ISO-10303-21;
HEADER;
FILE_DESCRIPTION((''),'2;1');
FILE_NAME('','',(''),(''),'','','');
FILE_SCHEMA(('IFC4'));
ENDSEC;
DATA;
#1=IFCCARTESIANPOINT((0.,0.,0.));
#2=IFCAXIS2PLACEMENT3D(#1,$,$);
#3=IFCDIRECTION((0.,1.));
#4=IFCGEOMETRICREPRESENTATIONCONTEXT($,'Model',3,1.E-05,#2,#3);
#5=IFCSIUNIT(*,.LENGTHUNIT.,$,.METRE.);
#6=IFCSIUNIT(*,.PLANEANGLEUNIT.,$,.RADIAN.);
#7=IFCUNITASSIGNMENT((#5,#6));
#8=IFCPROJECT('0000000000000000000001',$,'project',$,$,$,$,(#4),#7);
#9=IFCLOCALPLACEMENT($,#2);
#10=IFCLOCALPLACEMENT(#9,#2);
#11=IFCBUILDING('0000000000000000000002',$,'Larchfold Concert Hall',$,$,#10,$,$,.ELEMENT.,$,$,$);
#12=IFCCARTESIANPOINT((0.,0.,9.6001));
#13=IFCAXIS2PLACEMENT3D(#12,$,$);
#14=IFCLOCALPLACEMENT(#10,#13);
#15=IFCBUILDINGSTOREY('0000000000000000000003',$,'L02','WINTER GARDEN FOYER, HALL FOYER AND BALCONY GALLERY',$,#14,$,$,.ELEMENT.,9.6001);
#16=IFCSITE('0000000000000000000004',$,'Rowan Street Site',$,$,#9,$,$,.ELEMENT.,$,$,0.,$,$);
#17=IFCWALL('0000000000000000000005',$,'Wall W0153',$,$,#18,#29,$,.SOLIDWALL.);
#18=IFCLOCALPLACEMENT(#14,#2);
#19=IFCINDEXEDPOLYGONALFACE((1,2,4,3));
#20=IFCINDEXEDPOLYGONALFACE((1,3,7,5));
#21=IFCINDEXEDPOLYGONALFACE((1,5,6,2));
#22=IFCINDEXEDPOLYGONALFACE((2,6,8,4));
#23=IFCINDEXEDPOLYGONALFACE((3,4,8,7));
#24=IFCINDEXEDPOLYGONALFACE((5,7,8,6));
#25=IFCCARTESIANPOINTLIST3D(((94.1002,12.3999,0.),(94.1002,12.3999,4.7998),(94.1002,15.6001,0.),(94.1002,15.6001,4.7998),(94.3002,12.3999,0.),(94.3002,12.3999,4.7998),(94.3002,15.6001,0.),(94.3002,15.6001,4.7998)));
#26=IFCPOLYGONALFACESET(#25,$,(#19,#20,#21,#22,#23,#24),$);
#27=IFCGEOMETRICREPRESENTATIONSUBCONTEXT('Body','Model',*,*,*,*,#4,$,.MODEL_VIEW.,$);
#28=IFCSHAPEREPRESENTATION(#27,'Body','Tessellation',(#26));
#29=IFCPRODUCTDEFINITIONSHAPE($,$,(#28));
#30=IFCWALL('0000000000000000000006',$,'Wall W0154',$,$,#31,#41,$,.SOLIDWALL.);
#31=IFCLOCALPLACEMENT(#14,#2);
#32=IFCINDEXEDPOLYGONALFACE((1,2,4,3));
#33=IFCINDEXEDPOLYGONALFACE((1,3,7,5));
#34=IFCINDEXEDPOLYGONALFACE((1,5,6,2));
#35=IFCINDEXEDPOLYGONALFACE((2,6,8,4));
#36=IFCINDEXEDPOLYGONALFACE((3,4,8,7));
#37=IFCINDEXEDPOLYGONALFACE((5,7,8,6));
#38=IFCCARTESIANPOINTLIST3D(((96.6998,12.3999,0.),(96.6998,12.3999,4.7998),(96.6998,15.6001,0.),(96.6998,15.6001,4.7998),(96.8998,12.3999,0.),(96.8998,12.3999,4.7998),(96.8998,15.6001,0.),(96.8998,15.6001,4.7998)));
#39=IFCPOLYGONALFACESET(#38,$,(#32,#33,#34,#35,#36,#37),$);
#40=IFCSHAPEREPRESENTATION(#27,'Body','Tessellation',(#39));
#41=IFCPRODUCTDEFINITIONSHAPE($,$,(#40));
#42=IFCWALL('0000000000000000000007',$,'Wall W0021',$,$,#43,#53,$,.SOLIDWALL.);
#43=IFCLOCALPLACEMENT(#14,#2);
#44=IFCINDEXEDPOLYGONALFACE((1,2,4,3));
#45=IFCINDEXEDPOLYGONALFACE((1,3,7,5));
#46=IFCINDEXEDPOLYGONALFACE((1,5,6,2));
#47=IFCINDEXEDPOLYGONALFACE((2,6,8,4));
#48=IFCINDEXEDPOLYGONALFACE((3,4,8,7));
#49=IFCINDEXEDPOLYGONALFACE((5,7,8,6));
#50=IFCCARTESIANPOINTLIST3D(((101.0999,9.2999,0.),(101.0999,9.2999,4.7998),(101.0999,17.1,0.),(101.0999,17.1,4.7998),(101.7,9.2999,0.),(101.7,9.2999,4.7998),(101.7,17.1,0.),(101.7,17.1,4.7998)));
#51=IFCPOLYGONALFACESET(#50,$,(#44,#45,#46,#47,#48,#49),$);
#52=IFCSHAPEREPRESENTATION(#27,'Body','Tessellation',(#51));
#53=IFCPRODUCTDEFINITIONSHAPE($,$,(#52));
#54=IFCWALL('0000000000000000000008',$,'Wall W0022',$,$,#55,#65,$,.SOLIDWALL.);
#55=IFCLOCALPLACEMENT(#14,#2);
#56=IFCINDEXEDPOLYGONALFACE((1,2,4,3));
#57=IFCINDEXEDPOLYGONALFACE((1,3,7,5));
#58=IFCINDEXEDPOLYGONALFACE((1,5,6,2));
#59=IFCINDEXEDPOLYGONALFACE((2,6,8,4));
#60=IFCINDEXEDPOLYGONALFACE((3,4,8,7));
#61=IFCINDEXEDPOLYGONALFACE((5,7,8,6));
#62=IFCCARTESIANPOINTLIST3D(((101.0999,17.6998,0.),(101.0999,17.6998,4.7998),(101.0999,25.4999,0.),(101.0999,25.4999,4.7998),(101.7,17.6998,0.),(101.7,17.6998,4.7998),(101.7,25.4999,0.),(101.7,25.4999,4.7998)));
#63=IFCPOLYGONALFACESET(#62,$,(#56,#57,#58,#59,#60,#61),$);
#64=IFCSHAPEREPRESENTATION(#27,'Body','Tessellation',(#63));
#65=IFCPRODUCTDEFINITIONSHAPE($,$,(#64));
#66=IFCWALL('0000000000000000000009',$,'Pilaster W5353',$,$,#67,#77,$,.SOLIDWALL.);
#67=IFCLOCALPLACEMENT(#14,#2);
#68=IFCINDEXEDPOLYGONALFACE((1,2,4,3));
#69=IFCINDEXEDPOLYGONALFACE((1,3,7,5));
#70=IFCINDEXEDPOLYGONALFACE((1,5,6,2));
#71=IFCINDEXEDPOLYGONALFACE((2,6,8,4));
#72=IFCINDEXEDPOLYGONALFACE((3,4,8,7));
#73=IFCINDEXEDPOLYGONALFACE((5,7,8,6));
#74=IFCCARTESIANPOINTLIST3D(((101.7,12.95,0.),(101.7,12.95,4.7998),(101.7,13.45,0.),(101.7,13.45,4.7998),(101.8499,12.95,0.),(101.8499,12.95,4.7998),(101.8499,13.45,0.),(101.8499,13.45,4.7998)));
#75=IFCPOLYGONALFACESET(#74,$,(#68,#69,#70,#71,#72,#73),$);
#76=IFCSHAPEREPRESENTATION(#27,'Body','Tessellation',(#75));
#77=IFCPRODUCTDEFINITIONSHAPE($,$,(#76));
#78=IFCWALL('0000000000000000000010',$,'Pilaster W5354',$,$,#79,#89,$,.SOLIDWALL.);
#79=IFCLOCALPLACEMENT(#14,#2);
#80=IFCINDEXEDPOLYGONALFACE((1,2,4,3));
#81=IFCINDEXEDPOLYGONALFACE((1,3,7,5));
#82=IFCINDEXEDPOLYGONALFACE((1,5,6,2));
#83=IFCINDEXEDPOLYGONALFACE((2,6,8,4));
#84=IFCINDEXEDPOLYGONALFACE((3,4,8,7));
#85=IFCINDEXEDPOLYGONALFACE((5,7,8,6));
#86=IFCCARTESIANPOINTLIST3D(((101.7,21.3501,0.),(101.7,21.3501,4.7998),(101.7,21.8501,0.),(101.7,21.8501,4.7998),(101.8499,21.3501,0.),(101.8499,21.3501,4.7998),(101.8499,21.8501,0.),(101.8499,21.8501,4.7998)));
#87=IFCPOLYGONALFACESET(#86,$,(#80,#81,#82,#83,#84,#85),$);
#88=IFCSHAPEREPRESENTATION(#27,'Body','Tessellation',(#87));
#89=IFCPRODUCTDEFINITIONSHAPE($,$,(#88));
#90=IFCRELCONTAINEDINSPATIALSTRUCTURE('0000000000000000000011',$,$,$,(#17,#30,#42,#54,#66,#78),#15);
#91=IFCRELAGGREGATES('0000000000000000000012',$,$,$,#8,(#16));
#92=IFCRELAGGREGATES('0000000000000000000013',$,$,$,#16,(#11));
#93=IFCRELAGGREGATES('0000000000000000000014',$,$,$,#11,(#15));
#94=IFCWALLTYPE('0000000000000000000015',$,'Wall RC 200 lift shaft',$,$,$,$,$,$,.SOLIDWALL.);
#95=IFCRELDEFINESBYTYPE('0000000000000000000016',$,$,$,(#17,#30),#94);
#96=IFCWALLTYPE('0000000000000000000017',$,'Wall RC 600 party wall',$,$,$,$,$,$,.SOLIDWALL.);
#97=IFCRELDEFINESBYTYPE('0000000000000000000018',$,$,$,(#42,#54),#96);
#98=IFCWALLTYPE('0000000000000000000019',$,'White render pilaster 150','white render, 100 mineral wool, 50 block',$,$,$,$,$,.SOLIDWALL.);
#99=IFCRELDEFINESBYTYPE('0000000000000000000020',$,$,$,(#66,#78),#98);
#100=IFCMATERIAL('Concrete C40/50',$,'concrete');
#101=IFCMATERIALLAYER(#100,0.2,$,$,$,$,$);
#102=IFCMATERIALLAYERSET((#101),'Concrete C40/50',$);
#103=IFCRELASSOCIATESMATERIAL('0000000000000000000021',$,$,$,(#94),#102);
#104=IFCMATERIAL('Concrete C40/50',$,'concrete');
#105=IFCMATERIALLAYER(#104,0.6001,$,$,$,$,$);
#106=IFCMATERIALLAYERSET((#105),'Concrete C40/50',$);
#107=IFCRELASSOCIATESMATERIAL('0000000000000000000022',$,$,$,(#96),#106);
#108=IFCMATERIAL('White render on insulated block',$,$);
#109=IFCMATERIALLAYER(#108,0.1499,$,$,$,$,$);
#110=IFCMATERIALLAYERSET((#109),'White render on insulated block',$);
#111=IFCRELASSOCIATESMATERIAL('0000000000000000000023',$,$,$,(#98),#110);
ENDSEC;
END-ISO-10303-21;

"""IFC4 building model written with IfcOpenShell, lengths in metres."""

from ifc_helpers import new_model, si_unit, direction, frame, frame_2d, origin, place, context, subcontext, project, spatial, rectangle, extrude, material, layer, layer_set, type_object, element, save


model = new_model("IFC4")

# Units and contexts
model_context = context("Model", 3, precision=1e-05, world=origin(), true_north=direction((0.0, 1.0)))
body_context = subcontext(model_context, "Body", "Model", "MODEL_VIEW")
ifc_project = project(units=[si_unit("LENGTHUNIT", "METRE"), si_unit("PLANEANGLEUNIT", "RADIAN")], contexts=[model_context])

# Site, building, storey
site_placement = place(None, origin())
site = spatial("IfcSite", under=ifc_project, at=site_placement, Name="Rowan Street Site", CompositionType="ELEMENT", RefElevation=0.0)
building_placement = place(site_placement, origin())
building = spatial("IfcBuilding", under=site, at=building_placement, Name="Larchfold Concert Hall", CompositionType="ELEMENT")
storey_placement = place(building_placement, frame((0.0, 0.0, 9.6001)))
storey = spatial("IfcBuildingStorey", under=building, at=storey_placement, Name="L02", Description="WINTER GARDEN FOYER, HALL FOYER AND BALCONY GALLERY", CompositionType="ELEMENT", Elevation=9.6001)

# Shared definitions
ifc_material_1 = material(Name="Concrete C40/50", Category="concrete")
ifc_layer_1 = layer(ifc_material_1, 0.2)
ifc_layer_set_1 = layer_set([ifc_layer_1], Name="Concrete C40/50")
wall_type_1 = type_object("IfcWallType", Name="Wall RC 200 lift shaft", PredefinedType="SOLIDWALL", material=ifc_layer_set_1)

# Walls
for number, where, z_axis, x_axis, name in (
    (1, (94.2002, 12.3999, 0.0), (0.0, 0.0, 1.0), (0.0, 1.0, 0.0), "Wall W0153"),
    (2, (96.7998, 12.3999, 0.0), (0.0, 0.0, 1.0), (0.0, 1.0, 0.0), "Wall W0154"),
):
    element("IfcWall", number, at=place(storey_placement, frame(where, z_axis=z_axis, x_axis=x_axis)), inside=storey, type_object=wall_type_1, Name=name, PredefinedType="SOLIDWALL", context=body_context, shape_type="SweptSolid", body=[
        extrude(rectangle(XDim=3.2002, YDim=0.2, at=frame_2d((1.6001, 0.0))), origin(), (0.0, 0.0, 1.0), 4.7998),
    ])
ifc_material_2 = material(Name="Concrete C40/50", Category="concrete")
ifc_layer_2 = layer(ifc_material_2, 0.6001)
ifc_layer_set_2 = layer_set([ifc_layer_2], Name="Concrete C40/50")
wall_type_2 = type_object("IfcWallType", Name="Wall RC 600 party wall", PredefinedType="SOLIDWALL", material=ifc_layer_set_2)
for number, where, z_axis, x_axis, name in (
    (3, (101.3999, 9.3, 0.0), (0.0, 0.0, 1.0), (0.0, 1.0, 0.0), "Wall W0021"),
    (4, (101.3999, 17.7, 0.0), (0.0, 0.0, 1.0), (0.0, 1.0, 0.0), "Wall W0022"),
):
    element("IfcWall", number, at=place(storey_placement, frame(where, z_axis=z_axis, x_axis=x_axis)), inside=storey, type_object=wall_type_2, Name=name, PredefinedType="SOLIDWALL", context=body_context, shape_type="SweptSolid", body=[
        extrude(rectangle(XDim=7.8, YDim=0.6001, at=frame_2d((3.8999, 0.0))), origin(), (0.0, 0.0, 1.0), 4.7998),
    ])
ifc_material_3 = material(Name="White render on insulated block")
ifc_layer_3 = layer(ifc_material_3, 0.1499)
ifc_layer_set_3 = layer_set([ifc_layer_3], Name="White render on insulated block")
wall_type_3 = type_object("IfcWallType", Name="White render pilaster 150", Description="white render, 100 mineral wool, 50 block", PredefinedType="SOLIDWALL", material=ifc_layer_set_3)
for number, where, z_axis, x_axis, name in (
    (5, (101.7749, 12.95, 0.0), (0.0, 0.0, 1.0), (0.0, 1.0, 0.0), "Pilaster W5353"),
    (6, (101.7749, 21.3501, 0.0), (0.0, 0.0, 1.0), (0.0, 1.0, 0.0), "Pilaster W5354"),
):
    element("IfcWall", number, at=place(storey_placement, frame(where, z_axis=z_axis, x_axis=x_axis)), inside=storey, type_object=wall_type_3, Name=name, PredefinedType="SOLIDWALL", context=body_context, shape_type="SweptSolid", body=[
        extrude(rectangle(XDim=0.5, YDim=0.1499, at=frame_2d((0.25, 0.0))), origin(), (0.0, 0.0, 1.0), 4.7998),
    ])

save(model, "model.ifc")
